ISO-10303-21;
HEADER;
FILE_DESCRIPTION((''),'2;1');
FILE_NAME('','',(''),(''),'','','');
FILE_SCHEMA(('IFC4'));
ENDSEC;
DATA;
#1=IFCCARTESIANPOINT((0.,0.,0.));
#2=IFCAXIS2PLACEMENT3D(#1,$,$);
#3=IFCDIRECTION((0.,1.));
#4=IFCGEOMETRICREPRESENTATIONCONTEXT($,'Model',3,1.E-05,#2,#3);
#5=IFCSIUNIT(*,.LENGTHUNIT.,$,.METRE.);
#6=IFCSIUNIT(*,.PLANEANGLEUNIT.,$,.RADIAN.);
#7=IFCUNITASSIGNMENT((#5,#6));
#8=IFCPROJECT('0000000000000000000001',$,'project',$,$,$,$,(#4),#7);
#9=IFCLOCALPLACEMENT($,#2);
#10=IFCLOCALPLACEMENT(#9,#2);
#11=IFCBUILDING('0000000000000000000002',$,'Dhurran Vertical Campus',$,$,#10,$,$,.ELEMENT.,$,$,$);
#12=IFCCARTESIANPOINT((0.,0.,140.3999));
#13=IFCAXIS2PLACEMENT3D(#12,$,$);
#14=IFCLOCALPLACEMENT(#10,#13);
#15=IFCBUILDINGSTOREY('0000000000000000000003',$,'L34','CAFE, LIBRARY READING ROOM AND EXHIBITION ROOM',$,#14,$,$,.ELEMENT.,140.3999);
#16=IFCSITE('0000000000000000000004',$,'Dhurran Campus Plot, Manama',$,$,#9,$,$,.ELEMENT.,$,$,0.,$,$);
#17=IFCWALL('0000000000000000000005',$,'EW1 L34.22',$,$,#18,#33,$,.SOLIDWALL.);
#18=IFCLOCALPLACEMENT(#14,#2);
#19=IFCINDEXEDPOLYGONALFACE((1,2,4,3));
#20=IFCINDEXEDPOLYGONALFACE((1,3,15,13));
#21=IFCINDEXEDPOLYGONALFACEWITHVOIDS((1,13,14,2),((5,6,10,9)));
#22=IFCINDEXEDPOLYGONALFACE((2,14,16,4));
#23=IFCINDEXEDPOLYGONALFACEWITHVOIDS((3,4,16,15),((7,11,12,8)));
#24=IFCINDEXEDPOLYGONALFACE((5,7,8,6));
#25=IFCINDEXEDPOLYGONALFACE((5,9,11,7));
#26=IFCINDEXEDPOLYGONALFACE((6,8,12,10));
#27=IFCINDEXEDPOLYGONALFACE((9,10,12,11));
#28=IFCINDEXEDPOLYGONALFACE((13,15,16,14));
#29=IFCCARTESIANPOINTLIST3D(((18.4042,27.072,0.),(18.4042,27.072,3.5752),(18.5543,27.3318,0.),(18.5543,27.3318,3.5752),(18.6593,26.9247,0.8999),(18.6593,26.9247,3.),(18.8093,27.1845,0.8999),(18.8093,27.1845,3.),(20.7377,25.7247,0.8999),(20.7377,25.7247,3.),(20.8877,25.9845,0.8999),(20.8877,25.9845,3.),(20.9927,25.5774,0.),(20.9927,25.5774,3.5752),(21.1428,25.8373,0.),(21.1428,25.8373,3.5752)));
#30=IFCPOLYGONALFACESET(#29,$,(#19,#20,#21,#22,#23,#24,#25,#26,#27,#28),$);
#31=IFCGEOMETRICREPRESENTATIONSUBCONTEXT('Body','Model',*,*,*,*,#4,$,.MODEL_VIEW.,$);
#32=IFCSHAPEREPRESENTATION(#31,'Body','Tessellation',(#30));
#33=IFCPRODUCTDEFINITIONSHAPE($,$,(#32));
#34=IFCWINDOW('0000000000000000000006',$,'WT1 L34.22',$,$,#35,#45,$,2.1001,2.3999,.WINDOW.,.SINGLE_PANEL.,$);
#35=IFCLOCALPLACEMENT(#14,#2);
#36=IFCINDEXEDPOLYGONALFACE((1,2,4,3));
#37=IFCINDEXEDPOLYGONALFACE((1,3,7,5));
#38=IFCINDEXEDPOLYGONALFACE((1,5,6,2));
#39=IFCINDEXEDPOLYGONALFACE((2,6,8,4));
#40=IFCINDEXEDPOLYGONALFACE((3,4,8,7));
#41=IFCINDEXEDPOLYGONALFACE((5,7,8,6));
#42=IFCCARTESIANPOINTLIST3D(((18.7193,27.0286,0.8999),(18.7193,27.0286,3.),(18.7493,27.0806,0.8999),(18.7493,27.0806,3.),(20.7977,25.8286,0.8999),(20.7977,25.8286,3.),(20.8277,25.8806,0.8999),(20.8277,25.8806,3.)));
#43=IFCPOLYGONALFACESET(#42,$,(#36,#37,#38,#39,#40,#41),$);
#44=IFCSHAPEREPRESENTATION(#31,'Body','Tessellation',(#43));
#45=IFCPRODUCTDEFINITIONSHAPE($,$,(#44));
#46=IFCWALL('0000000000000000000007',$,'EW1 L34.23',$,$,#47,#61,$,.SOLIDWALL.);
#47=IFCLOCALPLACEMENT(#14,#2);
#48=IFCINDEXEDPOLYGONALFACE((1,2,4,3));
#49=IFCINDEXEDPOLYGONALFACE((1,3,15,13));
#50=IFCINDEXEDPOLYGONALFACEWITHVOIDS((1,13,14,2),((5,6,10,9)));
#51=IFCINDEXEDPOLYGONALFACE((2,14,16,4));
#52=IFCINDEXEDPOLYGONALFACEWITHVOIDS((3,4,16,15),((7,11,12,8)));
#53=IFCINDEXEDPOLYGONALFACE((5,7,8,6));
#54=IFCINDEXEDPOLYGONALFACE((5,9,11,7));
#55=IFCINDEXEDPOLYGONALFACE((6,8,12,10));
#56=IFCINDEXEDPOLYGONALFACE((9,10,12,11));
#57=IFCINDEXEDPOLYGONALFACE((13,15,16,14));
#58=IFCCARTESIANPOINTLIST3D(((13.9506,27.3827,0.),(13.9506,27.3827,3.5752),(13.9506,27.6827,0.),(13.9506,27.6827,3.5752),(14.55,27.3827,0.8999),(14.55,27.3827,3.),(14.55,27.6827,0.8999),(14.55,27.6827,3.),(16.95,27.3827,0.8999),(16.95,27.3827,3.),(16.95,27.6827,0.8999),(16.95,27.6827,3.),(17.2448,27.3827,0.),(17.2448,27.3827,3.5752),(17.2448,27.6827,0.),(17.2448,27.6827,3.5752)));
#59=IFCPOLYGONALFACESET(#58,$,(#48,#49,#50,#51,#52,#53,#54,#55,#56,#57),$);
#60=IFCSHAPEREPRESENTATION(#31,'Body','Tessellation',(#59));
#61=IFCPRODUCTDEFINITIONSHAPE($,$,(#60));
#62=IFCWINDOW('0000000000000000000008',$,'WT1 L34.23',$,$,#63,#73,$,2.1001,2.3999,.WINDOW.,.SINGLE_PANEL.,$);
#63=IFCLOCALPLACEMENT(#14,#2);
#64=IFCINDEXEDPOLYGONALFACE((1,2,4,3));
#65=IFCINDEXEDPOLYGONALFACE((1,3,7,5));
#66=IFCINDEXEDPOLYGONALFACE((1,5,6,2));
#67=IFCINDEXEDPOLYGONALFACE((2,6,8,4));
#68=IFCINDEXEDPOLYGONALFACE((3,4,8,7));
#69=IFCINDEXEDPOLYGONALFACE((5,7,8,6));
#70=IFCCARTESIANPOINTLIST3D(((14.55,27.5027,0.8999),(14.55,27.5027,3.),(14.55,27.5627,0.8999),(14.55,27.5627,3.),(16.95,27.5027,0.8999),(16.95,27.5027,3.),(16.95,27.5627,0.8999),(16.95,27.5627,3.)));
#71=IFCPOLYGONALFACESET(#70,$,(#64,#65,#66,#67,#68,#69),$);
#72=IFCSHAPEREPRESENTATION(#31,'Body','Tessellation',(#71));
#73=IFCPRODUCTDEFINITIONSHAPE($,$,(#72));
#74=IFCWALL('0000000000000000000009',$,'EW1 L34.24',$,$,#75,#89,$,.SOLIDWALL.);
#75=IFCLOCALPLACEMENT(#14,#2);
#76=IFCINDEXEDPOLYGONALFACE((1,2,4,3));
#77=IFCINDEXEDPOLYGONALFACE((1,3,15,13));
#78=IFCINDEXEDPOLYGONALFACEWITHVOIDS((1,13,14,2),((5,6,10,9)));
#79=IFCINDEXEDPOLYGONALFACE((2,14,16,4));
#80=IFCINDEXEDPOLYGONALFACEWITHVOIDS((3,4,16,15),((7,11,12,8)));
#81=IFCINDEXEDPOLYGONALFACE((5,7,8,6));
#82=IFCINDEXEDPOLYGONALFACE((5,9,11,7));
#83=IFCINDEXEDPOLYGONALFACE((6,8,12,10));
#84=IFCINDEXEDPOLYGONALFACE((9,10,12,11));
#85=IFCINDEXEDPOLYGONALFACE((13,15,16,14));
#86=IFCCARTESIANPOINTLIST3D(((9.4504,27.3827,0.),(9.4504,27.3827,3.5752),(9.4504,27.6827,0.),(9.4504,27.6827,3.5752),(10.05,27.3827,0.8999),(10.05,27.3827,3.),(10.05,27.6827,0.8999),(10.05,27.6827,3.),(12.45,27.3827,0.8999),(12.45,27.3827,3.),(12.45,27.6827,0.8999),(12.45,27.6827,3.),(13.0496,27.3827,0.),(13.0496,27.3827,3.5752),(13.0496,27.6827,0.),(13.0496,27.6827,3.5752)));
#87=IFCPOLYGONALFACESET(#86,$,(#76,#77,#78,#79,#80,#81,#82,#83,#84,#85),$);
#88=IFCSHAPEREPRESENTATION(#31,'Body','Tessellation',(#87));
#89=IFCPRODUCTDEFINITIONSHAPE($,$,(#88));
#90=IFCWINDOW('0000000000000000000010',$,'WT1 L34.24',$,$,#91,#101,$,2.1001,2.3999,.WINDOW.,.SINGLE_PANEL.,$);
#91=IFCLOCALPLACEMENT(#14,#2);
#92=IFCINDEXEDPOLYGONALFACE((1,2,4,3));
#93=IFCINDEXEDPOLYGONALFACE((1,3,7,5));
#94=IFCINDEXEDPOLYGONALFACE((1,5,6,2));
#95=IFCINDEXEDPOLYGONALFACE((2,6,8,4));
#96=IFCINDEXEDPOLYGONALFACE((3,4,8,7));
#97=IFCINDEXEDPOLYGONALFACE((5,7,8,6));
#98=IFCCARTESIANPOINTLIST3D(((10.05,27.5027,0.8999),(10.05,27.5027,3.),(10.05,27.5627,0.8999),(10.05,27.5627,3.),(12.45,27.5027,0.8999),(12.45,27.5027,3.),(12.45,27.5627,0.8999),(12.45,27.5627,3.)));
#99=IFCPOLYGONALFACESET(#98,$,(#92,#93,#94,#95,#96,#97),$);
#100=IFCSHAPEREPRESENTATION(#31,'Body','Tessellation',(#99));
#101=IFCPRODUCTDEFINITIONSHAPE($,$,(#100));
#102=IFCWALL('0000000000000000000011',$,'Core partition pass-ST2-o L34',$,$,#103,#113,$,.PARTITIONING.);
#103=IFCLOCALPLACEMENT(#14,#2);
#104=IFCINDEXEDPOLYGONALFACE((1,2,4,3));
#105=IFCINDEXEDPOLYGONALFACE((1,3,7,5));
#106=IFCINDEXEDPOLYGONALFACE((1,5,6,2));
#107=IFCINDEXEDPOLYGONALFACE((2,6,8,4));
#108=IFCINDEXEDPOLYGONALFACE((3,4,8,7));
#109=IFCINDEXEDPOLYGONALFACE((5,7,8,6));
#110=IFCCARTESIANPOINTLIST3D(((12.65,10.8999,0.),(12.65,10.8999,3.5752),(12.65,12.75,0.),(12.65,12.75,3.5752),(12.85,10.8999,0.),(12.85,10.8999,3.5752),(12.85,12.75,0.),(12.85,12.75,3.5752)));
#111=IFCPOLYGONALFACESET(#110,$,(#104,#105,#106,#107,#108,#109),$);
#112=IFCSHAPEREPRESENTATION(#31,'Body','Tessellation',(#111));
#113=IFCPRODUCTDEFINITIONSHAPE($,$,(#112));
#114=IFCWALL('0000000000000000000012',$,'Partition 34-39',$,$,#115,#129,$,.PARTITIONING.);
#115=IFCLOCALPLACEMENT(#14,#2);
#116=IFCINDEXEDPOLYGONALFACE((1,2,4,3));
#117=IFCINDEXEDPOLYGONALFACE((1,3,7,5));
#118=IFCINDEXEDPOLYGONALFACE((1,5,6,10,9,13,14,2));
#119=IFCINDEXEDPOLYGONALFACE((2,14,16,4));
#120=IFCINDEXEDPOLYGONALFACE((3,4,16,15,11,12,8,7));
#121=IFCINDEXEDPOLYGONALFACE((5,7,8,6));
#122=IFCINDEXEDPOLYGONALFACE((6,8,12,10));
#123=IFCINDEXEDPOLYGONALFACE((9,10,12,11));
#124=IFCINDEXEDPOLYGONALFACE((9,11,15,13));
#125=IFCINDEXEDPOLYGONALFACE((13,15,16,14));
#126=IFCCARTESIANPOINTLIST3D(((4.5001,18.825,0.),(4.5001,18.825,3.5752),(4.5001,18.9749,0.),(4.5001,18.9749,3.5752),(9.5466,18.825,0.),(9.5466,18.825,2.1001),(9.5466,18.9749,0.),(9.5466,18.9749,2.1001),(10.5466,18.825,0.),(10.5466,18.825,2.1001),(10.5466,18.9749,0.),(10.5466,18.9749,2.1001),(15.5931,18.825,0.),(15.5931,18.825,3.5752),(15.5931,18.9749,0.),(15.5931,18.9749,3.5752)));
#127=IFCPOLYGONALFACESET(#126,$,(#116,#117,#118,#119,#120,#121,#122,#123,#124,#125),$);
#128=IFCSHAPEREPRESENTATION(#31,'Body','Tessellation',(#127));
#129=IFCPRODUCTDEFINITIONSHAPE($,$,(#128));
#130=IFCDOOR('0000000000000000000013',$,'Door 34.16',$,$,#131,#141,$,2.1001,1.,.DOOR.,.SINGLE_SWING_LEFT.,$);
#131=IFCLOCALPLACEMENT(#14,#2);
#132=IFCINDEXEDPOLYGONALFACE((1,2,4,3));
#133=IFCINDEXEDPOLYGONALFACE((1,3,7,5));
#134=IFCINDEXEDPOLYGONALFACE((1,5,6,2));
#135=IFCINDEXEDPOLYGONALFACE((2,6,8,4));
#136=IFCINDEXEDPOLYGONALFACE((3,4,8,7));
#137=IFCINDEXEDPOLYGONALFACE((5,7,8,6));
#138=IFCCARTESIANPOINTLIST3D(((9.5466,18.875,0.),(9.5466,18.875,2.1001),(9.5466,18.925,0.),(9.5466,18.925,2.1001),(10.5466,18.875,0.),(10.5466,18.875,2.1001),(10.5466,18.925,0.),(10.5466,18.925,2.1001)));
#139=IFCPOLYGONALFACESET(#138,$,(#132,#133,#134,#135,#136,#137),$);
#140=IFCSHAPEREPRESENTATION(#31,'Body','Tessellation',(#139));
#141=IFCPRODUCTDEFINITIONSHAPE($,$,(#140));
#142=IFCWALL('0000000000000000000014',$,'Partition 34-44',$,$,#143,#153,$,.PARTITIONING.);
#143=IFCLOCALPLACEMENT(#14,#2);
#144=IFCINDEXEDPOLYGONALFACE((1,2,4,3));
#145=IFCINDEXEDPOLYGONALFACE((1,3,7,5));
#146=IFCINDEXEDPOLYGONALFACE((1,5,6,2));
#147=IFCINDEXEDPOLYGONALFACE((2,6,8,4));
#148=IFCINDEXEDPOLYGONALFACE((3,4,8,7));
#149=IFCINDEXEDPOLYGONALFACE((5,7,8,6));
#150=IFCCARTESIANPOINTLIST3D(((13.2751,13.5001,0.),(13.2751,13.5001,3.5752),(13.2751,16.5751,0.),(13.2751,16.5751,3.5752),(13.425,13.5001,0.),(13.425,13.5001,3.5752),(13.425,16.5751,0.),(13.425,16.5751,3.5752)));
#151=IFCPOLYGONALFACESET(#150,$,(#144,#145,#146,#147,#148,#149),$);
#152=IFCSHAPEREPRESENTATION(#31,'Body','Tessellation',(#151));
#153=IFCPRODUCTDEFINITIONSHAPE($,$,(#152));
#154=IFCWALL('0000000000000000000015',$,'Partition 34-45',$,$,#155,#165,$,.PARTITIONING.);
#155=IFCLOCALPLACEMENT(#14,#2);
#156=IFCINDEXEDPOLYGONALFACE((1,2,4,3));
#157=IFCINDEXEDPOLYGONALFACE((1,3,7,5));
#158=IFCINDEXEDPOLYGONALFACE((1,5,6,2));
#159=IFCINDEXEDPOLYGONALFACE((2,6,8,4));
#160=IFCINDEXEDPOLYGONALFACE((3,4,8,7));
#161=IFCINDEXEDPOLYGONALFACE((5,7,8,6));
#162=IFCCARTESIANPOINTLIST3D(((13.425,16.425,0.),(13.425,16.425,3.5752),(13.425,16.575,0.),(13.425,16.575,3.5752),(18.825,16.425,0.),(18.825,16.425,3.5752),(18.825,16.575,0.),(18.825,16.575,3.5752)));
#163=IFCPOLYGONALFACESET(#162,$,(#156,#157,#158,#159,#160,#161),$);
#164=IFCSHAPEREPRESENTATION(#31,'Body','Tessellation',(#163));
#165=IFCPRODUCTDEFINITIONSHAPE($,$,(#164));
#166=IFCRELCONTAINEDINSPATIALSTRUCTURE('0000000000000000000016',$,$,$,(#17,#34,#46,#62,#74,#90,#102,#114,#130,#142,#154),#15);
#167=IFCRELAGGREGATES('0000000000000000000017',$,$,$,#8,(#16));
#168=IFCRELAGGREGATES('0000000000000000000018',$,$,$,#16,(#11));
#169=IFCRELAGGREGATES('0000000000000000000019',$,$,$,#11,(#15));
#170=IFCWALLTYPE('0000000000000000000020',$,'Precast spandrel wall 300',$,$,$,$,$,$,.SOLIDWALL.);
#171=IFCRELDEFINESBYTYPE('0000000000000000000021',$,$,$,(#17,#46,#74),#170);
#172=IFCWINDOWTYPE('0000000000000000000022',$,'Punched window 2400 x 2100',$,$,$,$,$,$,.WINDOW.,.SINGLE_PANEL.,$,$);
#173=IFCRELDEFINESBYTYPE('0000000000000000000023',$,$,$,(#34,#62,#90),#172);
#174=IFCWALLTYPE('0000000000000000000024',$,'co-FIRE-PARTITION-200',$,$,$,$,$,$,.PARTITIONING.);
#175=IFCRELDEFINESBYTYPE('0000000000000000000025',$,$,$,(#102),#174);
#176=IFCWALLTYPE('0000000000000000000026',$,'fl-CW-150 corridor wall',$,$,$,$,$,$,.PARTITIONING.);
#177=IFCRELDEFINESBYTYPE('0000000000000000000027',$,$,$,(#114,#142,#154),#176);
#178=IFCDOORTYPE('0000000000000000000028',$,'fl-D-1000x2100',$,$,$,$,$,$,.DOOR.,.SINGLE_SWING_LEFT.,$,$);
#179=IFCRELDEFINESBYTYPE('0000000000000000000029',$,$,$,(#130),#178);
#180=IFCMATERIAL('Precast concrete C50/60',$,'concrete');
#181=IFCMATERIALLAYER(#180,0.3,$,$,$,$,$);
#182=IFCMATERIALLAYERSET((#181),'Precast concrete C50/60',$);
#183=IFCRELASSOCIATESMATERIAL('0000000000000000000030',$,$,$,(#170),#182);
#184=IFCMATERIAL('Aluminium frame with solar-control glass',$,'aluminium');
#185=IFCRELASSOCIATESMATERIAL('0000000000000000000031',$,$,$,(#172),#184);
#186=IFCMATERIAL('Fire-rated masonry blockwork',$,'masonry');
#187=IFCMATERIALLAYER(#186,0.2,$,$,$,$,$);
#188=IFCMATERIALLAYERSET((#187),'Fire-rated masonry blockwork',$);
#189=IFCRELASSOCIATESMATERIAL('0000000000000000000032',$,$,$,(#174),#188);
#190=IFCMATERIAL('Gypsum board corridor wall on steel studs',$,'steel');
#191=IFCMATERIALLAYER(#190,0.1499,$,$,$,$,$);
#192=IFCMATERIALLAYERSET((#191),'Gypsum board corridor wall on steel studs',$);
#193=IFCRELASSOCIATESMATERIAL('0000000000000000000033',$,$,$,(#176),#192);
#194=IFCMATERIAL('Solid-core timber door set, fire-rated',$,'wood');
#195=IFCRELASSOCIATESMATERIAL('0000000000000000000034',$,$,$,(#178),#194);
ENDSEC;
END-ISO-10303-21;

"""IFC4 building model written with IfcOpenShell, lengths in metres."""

from ifc_helpers import new_model, si_unit, direction, frame, frame_2d, origin, place, context, subcontext, project, spatial, rectangle, extrude, material, layer, layer_set, type_object, element, fill, save


model = new_model("IFC4")

# Units and contexts
model_context = context("Model", 3, precision=1e-05, world=origin(), true_north=direction((0.0, 1.0)))
body_context = subcontext(model_context, "Body", "Model", "MODEL_VIEW")
ifc_project = project(units=[si_unit("LENGTHUNIT", "METRE"), si_unit("PLANEANGLEUNIT", "RADIAN")], contexts=[model_context])

# Site, building, storey
site_placement = place(None, origin())
site = spatial("IfcSite", under=ifc_project, at=site_placement, Name="Dhurran Campus Plot, Manama", CompositionType="ELEMENT", RefElevation=0.0)
building_placement = place(site_placement, origin())
building = spatial("IfcBuilding", under=site, at=building_placement, Name="Dhurran Vertical Campus", CompositionType="ELEMENT")
storey_placement = place(building_placement, frame((0.0, 0.0, 140.3999)))
storey = spatial("IfcBuildingStorey", under=building, at=storey_placement, Name="L34", Description="CAFE, LIBRARY READING ROOM AND EXHIBITION ROOM", CompositionType="ELEMENT", Elevation=140.3999)

# Walls, openings, windows
ifc_material_1 = material(Name="Precast concrete C50/60", Category="concrete")
ifc_layer_1 = layer(ifc_material_1, 0.3)
ifc_layer_set_1 = layer_set([ifc_layer_1], Name="Precast concrete C50/60")
wall_type_1 = type_object("IfcWallType", Name="Precast spandrel wall 300", PredefinedType="SOLIDWALL", material=ifc_layer_set_1)
ifc_material_2 = material(Name="Aluminium frame with solar-control glass", Category="aluminium")
window_type = type_object("IfcWindowType", Name="Punched window 2400 x 2100", PartitioningType="SINGLE_PANEL", PredefinedType="WINDOW", material=ifc_material_2)
wall_1_placement = place(storey_placement, frame((21.0679, 25.7073, 0.0), z_axis=(0.0, 0.0, 1.0), x_axis=(-0.866013, 0.500022, 0.0)))
wall_1 = element("IfcWall", 1, at=wall_1_placement, inside=storey, type_object=wall_type_1, Name="EW1 L34.22", PredefinedType="SOLIDWALL", context=body_context, shape_type="SweptSolid", body=[
    extrude(rectangle(XDim=2.989, YDim=0.3, at=frame_2d((1.4946, 0.0))), origin(), (0.0, 0.0, 1.0), 3.5752),
])
opening_1_placement = place(wall_1_placement, frame((0.2947, 0.0, 0.8999)))
opening_1 = element("IfcOpeningElement", 2, at=opening_1_placement, cuts=wall_1, PredefinedType="OPENING", context=body_context, shape_type="SweptSolid", body=[
    extrude(rectangle(XDim=2.3999, YDim=2.1001, at=frame_2d((1.2, 1.05))), frame((0.0, 0.1599, 0.0), z_axis=(0.0, -1.0, 0.0), x_axis=(1.0, 0.0, 0.0)), (0.0, 0.0, 1.0), 0.3201),
])
window_1_placement = place(opening_1_placement, origin())
window_1 = element("IfcWindow", 3, at=window_1_placement, inside=storey, type_object=window_type, Name="WT1 L34.22", OverallHeight=2.1001, OverallWidth=2.3999, PartitioningType="SINGLE_PANEL", PredefinedType="WINDOW", context=body_context, shape_type="SweptSolid", body=[
    extrude(rectangle(XDim=2.3999, YDim=2.1001, at=frame_2d((1.2, 1.05))), frame((0.0, 0.03, 0.0), z_axis=(0.0, -1.0, 0.0), x_axis=(1.0, 0.0, 0.0)), (0.0, 0.0, 1.0), 0.0601),
])
fill(opening_1, window_1)
wall_2_placement = place(storey_placement, frame((17.2446, 27.5327, 0.0), z_axis=(0.0, 0.0, 1.0), x_axis=(-1.0, 0.0, 0.0)))
wall_2 = element("IfcWall", 4, at=wall_2_placement, inside=storey, type_object=wall_type_1, Name="EW1 L34.23", PredefinedType="SOLIDWALL", context=body_context, shape_type="SweptSolid", body=[
    extrude(rectangle(XDim=3.2942, YDim=0.3, at=frame_2d((1.647, 0.0))), origin(), (0.0, 0.0, 1.0), 3.5752),
])
opening_2_placement = place(wall_2_placement, frame((0.2947, 0.0, 0.8999)))
opening_2 = element("IfcOpeningElement", 5, at=opening_2_placement, cuts=wall_2, PredefinedType="OPENING", context=body_context, shape_type="SweptSolid", body=[
    extrude(rectangle(XDim=2.3999, YDim=2.1001, at=frame_2d((1.2, 1.05))), frame((0.0, 0.1599, 0.0), z_axis=(0.0, -1.0, 0.0), x_axis=(1.0, 0.0, 0.0)), (0.0, 0.0, 1.0), 0.3201),
])
window_2_placement = place(opening_2_placement, origin())
window_2 = element("IfcWindow", 6, at=window_2_placement, inside=storey, type_object=window_type, Name="WT1 L34.23", OverallHeight=2.1001, OverallWidth=2.3999, PartitioningType="SINGLE_PANEL", PredefinedType="WINDOW", context=body_context, shape_type="SweptSolid", body=[
    extrude(rectangle(XDim=2.3999, YDim=2.1001, at=frame_2d((1.2, 1.05))), frame((0.0, 0.03, 0.0), z_axis=(0.0, -1.0, 0.0), x_axis=(1.0, 0.0, 0.0)), (0.0, 0.0, 1.0), 0.0601),
])
fill(opening_2, window_2)
wall_3_placement = place(storey_placement, frame((13.0496, 27.5327, 0.0), z_axis=(0.0, 0.0, 1.0), x_axis=(-1.0, 0.0, 0.0)))
wall_3 = element("IfcWall", 7, at=wall_3_placement, inside=storey, type_object=wall_type_1, Name="EW1 L34.24", PredefinedType="SOLIDWALL", context=body_context, shape_type="SweptSolid", body=[
    extrude(rectangle(XDim=3.5991, YDim=0.3, at=frame_2d((1.7996, 0.0))), origin(), (0.0, 0.0, 1.0), 3.5752),
])
opening_3_placement = place(wall_3_placement, frame((0.5996, 0.0, 0.8999)))
opening_3 = element("IfcOpeningElement", 8, at=opening_3_placement, cuts=wall_3, PredefinedType="OPENING", context=body_context, shape_type="SweptSolid", body=[
    extrude(rectangle(XDim=2.3999, YDim=2.1001, at=frame_2d((1.2, 1.05))), frame((0.0, 0.1599, 0.0), z_axis=(0.0, -1.0, 0.0), x_axis=(1.0, 0.0, 0.0)), (0.0, 0.0, 1.0), 0.3201),
])
window_3_placement = place(opening_3_placement, origin())
window_3 = element("IfcWindow", 9, at=window_3_placement, inside=storey, type_object=window_type, Name="WT1 L34.24", OverallHeight=2.1001, OverallWidth=2.3999, PartitioningType="SINGLE_PANEL", PredefinedType="WINDOW", context=body_context, shape_type="SweptSolid", body=[
    extrude(rectangle(XDim=2.3999, YDim=2.1001, at=frame_2d((1.2, 1.05))), frame((0.0, 0.03, 0.0), z_axis=(0.0, -1.0, 0.0), x_axis=(1.0, 0.0, 0.0)), (0.0, 0.0, 1.0), 0.0601),
])
fill(opening_3, window_3)

# Wall
ifc_material_3 = material(Name="Fire-rated masonry blockwork", Category="masonry")
ifc_layer_2 = layer(ifc_material_3, 0.2)
ifc_layer_set_2 = layer_set([ifc_layer_2], Name="Fire-rated masonry blockwork")
wall_type_2 = type_object("IfcWallType", Name="co-FIRE-PARTITION-200", PredefinedType="PARTITIONING", material=ifc_layer_set_2)
wall_4_placement = place(storey_placement, frame((12.75, 10.8999, 0.0), z_axis=(0.0, 0.0, 1.0), x_axis=(0.0, 1.0, 0.0)))
element("IfcWall", 10, at=wall_4_placement, inside=storey, type_object=wall_type_2, Name="Core partition pass-ST2-o L34", PredefinedType="PARTITIONING", context=body_context, shape_type="SweptSolid", body=[
    extrude(rectangle(XDim=1.8501, YDim=0.2, at=frame_2d((0.925, 0.0))), origin(), (0.0, 0.0, 1.0), 3.5752),
])

# Wall, opening, door
ifc_material_4 = material(Name="Gypsum board corridor wall on steel studs", Category="steel")
ifc_layer_3 = layer(ifc_material_4, 0.1499)
ifc_layer_set_3 = layer_set([ifc_layer_3], Name="Gypsum board corridor wall on steel studs")
wall_type_3 = type_object("IfcWallType", Name="fl-CW-150 corridor wall", PredefinedType="PARTITIONING", material=ifc_layer_set_3)
wall_5_placement = place(storey_placement, frame((15.593, 18.8999, 0.0), z_axis=(0.0, 0.0, 1.0), x_axis=(-1.0, 0.0, 0.0)))
wall_5 = element("IfcWall", 11, at=wall_5_placement, inside=storey, type_object=wall_type_3, Name="Partition 34-39", PredefinedType="PARTITIONING", context=body_context, shape_type="SweptSolid", body=[
    extrude(rectangle(XDim=11.093, YDim=0.1499, at=frame_2d((5.5464, 0.0))), origin(), (0.0, 0.0, 1.0), 3.5752),
])
opening_4_placement = place(wall_5_placement, frame((5.0464, 0.0, 0.0)))
opening_4 = element("IfcOpeningElement", 12, at=opening_4_placement, cuts=wall_5, PredefinedType="OPENING", context=body_context, shape_type="SweptSolid", body=[
    extrude(rectangle(XDim=1.0, YDim=2.1001, at=frame_2d((0.5, 1.05))), frame((0.0, 0.085, 0.0), z_axis=(0.0, -1.0, 0.0), x_axis=(1.0, 0.0, 0.0)), (0.0, 0.0, 1.0), 0.1699),
])
ifc_material_5 = material(Name="Solid-core timber door set, fire-rated", Category="wood")
door_type = type_object("IfcDoorType", Name="fl-D-1000x2100", OperationType="SINGLE_SWING_LEFT", PredefinedType="DOOR", material=ifc_material_5)
door_1_placement = place(opening_4_placement, origin())
door_1 = element("IfcDoor", 13, at=door_1_placement, inside=storey, type_object=door_type, Name="Door 34.16", OperationType="SINGLE_SWING_LEFT", OverallHeight=2.1001, OverallWidth=1.0, PredefinedType="DOOR", context=body_context, shape_type="SweptSolid", body=[
    extrude(rectangle(XDim=1.0, YDim=2.1001, at=frame_2d((0.5, 1.05))), frame((0.0, 0.0249, 0.0), z_axis=(0.0, -1.0, 0.0), x_axis=(1.0, 0.0, 0.0)), (0.0, 0.0, 1.0), 0.05),
])
fill(opening_4, door_1)

# Walls
wall_6_placement = place(storey_placement, frame((13.3501, 13.5, 0.0), z_axis=(0.0, 0.0, 1.0), x_axis=(0.0, 1.0, 0.0)))
element("IfcWall", 14, at=wall_6_placement, inside=storey, type_object=wall_type_3, Name="Partition 34-44", PredefinedType="PARTITIONING", context=body_context, shape_type="SweptSolid", body=[
    extrude(rectangle(XDim=3.075, YDim=0.1499, at=frame_2d((1.5376, 0.0))), origin(), (0.0, 0.0, 1.0), 3.5752),
])
wall_7_placement = place(storey_placement, frame((13.425, 16.5, 0.0), z_axis=(0.0, 0.0, 1.0), x_axis=(1.0, 0.0, 0.0)))
element("IfcWall", 15, at=wall_7_placement, inside=storey, type_object=wall_type_3, Name="Partition 34-45", PredefinedType="PARTITIONING", context=body_context, shape_type="SweptSolid", body=[
    extrude(rectangle(XDim=5.3999, YDim=0.1499, at=frame_2d((2.7, 0.0))), origin(), (0.0, 0.0, 1.0), 3.5752),
])

save(model, "model.ifc")
